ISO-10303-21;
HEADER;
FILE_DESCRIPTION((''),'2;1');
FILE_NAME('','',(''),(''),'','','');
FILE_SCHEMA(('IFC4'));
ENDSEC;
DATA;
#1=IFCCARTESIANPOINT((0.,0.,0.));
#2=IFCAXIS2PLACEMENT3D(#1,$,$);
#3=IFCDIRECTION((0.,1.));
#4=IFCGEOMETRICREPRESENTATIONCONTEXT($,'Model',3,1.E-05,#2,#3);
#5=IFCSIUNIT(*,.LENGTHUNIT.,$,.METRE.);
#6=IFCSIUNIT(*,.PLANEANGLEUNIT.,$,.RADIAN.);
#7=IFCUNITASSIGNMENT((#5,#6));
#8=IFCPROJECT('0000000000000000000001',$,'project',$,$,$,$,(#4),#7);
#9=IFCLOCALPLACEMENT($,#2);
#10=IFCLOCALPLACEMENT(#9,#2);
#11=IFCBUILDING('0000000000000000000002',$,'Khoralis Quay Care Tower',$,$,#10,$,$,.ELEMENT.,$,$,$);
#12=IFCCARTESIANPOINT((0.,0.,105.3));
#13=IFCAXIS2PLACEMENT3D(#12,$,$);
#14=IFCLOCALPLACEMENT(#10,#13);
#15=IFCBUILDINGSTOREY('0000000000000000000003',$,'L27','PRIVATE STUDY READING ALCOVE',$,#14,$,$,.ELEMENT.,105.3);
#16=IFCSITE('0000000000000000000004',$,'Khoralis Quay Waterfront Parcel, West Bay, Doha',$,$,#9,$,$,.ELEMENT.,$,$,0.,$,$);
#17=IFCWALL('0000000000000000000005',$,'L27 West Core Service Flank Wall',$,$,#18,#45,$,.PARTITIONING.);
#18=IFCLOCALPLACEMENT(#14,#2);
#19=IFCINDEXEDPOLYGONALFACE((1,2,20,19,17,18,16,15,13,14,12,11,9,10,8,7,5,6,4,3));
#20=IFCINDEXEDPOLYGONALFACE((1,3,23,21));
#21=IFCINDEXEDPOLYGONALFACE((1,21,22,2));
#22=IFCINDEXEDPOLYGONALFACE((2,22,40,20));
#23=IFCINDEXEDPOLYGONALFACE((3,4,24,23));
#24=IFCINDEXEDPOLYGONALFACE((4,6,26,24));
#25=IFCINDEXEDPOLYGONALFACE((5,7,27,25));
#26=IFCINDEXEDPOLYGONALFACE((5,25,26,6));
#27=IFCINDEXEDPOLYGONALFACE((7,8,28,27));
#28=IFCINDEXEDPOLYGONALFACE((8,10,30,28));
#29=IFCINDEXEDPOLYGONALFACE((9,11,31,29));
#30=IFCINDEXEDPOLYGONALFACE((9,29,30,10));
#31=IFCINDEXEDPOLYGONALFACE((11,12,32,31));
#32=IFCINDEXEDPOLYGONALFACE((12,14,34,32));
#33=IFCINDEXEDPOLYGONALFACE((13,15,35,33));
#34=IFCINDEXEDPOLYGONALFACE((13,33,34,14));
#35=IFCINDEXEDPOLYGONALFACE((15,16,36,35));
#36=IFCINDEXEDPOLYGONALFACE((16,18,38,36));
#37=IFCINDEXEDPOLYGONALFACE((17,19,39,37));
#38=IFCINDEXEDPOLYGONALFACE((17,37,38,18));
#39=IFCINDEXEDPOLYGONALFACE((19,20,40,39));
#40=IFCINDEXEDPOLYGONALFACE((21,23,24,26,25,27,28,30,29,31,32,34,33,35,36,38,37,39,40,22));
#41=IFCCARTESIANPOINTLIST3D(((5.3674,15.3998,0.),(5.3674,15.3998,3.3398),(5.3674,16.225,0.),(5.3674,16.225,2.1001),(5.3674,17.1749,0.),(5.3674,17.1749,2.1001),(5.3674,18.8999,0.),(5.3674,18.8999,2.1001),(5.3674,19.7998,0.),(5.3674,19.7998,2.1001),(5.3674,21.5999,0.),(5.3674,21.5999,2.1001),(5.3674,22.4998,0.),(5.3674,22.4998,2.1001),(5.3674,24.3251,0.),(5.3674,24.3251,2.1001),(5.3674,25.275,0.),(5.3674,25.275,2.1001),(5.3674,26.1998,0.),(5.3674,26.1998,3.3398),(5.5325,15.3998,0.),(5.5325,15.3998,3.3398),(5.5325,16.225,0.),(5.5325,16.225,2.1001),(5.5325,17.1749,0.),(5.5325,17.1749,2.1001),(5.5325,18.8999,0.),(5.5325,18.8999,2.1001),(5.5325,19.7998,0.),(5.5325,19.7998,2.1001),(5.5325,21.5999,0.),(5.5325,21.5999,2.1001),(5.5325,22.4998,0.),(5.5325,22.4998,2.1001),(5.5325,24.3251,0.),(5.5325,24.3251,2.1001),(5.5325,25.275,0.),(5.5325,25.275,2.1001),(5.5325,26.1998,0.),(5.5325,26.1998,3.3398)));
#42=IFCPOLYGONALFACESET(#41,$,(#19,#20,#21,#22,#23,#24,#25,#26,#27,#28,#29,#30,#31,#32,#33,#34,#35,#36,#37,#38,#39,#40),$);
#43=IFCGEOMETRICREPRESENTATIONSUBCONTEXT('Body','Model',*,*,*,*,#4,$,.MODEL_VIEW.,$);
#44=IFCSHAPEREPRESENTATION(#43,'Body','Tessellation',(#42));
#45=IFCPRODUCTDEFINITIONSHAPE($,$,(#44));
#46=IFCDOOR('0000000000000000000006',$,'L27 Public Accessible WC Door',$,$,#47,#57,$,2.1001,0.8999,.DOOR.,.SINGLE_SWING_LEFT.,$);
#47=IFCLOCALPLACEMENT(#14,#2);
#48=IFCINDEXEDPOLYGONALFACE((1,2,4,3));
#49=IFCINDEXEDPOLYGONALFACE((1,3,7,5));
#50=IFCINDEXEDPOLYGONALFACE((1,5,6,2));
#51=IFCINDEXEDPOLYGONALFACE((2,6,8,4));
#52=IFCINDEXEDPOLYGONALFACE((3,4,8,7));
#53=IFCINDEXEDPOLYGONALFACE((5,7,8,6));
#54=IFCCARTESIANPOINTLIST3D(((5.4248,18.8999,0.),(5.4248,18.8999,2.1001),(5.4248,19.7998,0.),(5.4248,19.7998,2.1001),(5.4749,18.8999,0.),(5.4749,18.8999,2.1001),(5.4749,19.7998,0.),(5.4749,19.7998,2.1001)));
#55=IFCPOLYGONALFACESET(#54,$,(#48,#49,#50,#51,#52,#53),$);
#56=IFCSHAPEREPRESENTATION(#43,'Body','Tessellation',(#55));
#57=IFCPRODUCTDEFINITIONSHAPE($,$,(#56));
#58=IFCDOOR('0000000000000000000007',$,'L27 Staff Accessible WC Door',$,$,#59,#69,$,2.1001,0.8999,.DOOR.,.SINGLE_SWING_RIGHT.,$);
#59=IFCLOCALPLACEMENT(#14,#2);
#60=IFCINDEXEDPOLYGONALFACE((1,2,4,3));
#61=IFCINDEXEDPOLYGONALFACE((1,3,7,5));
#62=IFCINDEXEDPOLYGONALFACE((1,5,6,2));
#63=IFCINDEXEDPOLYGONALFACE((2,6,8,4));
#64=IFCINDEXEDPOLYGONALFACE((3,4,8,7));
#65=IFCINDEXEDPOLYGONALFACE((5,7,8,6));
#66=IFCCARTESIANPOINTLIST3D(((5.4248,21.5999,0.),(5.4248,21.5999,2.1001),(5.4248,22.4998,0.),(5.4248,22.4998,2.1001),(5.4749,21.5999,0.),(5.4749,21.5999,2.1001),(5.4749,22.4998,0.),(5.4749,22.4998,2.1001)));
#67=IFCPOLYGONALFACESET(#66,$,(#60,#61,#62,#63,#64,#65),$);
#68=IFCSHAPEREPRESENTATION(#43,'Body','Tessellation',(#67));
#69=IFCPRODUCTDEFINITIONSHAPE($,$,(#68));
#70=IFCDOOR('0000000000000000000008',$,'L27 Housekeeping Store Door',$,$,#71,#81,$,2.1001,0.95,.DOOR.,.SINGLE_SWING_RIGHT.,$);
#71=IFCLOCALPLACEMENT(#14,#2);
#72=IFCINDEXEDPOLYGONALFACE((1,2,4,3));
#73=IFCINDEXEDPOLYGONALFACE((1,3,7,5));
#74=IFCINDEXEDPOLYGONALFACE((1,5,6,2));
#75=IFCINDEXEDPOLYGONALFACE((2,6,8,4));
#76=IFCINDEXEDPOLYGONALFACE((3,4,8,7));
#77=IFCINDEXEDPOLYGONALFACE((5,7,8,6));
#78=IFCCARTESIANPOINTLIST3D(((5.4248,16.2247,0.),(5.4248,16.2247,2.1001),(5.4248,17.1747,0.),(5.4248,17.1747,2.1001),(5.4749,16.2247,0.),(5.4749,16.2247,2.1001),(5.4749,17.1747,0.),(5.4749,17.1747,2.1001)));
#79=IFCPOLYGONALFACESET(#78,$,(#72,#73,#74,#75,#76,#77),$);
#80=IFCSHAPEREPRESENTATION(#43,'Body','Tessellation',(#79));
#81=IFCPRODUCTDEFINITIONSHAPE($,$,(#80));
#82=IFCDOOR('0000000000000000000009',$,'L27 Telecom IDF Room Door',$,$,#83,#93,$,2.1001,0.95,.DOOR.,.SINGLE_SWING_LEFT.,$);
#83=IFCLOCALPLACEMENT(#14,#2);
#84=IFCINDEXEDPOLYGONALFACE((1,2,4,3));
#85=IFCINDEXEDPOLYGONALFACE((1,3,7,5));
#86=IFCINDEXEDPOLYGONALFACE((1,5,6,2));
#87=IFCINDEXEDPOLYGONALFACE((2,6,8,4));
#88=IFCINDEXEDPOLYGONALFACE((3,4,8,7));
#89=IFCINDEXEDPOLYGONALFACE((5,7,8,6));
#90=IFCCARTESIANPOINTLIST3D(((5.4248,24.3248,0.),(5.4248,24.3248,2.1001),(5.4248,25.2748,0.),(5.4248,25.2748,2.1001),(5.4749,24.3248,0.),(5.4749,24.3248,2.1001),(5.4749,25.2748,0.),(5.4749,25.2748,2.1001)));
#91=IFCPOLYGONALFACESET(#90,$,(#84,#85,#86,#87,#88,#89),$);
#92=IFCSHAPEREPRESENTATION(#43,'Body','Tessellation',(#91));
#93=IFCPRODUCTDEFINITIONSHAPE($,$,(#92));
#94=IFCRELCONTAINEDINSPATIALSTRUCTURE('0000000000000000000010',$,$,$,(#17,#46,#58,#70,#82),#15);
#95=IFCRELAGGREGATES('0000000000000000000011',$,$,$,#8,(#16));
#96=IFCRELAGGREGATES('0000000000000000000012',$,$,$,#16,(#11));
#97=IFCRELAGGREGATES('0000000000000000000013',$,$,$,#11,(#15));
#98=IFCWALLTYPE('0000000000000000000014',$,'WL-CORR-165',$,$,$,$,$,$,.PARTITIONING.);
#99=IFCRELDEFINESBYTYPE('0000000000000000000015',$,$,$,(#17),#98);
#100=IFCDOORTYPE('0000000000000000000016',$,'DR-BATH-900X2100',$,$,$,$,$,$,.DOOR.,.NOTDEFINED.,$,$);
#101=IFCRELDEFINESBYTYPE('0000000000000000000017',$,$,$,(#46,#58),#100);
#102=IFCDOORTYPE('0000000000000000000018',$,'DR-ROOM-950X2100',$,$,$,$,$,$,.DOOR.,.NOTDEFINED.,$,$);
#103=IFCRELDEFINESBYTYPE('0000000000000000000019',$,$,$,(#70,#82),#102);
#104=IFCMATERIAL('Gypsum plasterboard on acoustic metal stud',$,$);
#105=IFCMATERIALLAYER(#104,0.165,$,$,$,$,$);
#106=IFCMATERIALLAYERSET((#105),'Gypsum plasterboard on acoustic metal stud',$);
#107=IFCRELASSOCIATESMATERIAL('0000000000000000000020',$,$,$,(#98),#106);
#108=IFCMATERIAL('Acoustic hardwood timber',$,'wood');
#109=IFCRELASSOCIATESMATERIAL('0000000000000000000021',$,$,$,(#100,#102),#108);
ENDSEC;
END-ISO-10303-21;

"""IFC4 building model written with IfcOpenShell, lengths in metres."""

from ifc_helpers import new_model, si_unit, direction, frame, frame_2d, origin, place, context, subcontext, project, spatial, rectangle, extrude, source, transform, mapped, material, layer, layer_set, type_object, element, fill, save


model = new_model("IFC4")

# Units and contexts
model_context = context("Model", 3, precision=1e-05, world=origin(), true_north=direction((0.0, 1.0)))
body_context = subcontext(model_context, "Body", "Model", "MODEL_VIEW")
ifc_project = project(units=[si_unit("LENGTHUNIT", "METRE"), si_unit("PLANEANGLEUNIT", "RADIAN")], contexts=[model_context])

# Site, building, storey
site_placement = place(None, origin())
site = spatial("IfcSite", under=ifc_project, at=site_placement, Name="Khoralis Quay Waterfront Parcel, West Bay, Doha", CompositionType="ELEMENT", RefElevation=0.0)
building_placement = place(site_placement, origin())
building = spatial("IfcBuilding", under=site, at=building_placement, Name="Khoralis Quay Care Tower", CompositionType="ELEMENT")
storey_placement = place(building_placement, frame((0.0, 0.0, 105.3)))
storey = spatial("IfcBuildingStorey", under=building, at=storey_placement, Name="L27", Description="PRIVATE STUDY READING ALCOVE", CompositionType="ELEMENT", Elevation=105.3)

# Wall, openings, doors
ifc_material_1 = material(Name="Gypsum plasterboard on acoustic metal stud")
ifc_layer_1 = layer(ifc_material_1, 0.165)
ifc_layer_set_1 = layer_set([ifc_layer_1], Name="Gypsum plasterboard on acoustic metal stud")
wall_type_1 = type_object("IfcWallType", Name="WL-CORR-165", PredefinedType="PARTITIONING", material=ifc_layer_set_1)
wall_1_placement = place(storey_placement, frame((5.45, 15.3999, 0.0), z_axis=(0.0, 0.0, 1.0), x_axis=(0.0, 1.0, 0.0)))
wall_1 = element("IfcWall", 1, at=wall_1_placement, inside=storey, type_object=wall_type_1, Name="L27 West Core Service Flank Wall", PredefinedType="PARTITIONING", context=body_context, shape_type="SweptSolid", body=[
    extrude(rectangle(XDim=10.8, YDim=0.165, at=frame_2d((5.3999, 0.0))), origin(), (0.0, 0.0, 1.0), 3.3398),
])
opening_1_placement = place(wall_1_placement, frame((0.825, 0.0, 0.0)))
opening_1 = element("IfcOpeningElement", 2, at=opening_1_placement, cuts=wall_1, PredefinedType="OPENING", context=body_context, shape_type="SweptSolid", body=[
    extrude(rectangle(XDim=0.95, YDim=2.1001, at=frame_2d((0.4751, 1.05))), frame((0.0, 0.0925, 0.0), z_axis=(0.0, -1.0, 0.0), x_axis=(1.0, 0.0, 0.0)), (0.0, 0.0, 1.0), 0.1851),
])
opening_2_placement = place(wall_1_placement, frame((3.5, 0.0, 0.0)))
opening_2 = element("IfcOpeningElement", 3, at=opening_2_placement, cuts=wall_1, PredefinedType="OPENING", context=body_context, shape_type="SweptSolid", body=[
    extrude(rectangle(XDim=0.8999, YDim=2.1001, at=frame_2d((0.45, 1.05))), frame((0.0, 0.0925, 0.0), z_axis=(0.0, -1.0, 0.0), x_axis=(1.0, 0.0, 0.0)), (0.0, 0.0, 1.0), 0.1851),
])
opening_3_placement = place(wall_1_placement, frame((6.2, 0.0, 0.0)))
opening_3 = element("IfcOpeningElement", 4, at=opening_3_placement, cuts=wall_1, PredefinedType="OPENING", context=body_context, shape_type="SweptSolid", body=[
    extrude(rectangle(XDim=0.8999, YDim=2.1001, at=frame_2d((0.45, 1.05))), frame((0.0, 0.0925, 0.0), z_axis=(0.0, -1.0, 0.0), x_axis=(1.0, 0.0, 0.0)), (0.0, 0.0, 1.0), 0.1851),
])
opening_4_placement = place(wall_1_placement, frame((8.925, 0.0, 0.0)))
opening_4 = element("IfcOpeningElement", 5, at=opening_4_placement, cuts=wall_1, PredefinedType="OPENING", context=body_context, shape_type="SweptSolid", body=[
    extrude(rectangle(XDim=0.95, YDim=2.1001, at=frame_2d((0.4751, 1.05))), frame((0.0, 0.0925, 0.0), z_axis=(0.0, -1.0, 0.0), x_axis=(1.0, 0.0, 0.0)), (0.0, 0.0, 1.0), 0.1851),
])
ifc_material_2 = material(Name="Acoustic hardwood timber", Category="wood")
door_type_1 = type_object("IfcDoorType", Name="DR-BATH-900X2100", OperationType="NOTDEFINED", PredefinedType="DOOR", material=ifc_material_2)
shared_shape_1 = source(origin(), body_context, "Body", "SweptSolid", [
    extrude(rectangle(XDim=0.8999, YDim=2.1001, at=frame_2d((0.45, 1.05))), frame((0.0, 0.0249, 0.0), z_axis=(0.0, -1.0, 0.0), x_axis=(1.0, 0.0, 0.0)), (0.0, 0.0, 1.0), 0.05),
])
door_1_placement = place(opening_2_placement, frame((0.8999, 0.0, 0.0), z_axis=(0.0, 0.0, 1.0), x_axis=(-1.0, 0.0, 0.0)))
door_1 = element("IfcDoor", 6, at=door_1_placement, inside=storey, type_object=door_type_1, Name="L27 Public Accessible WC Door", OperationType="SINGLE_SWING_LEFT", OverallHeight=2.1001, OverallWidth=0.8999, PredefinedType="DOOR", context=body_context, shape_type="MappedRepresentation", body=[
    mapped(shared_shape_1, transform((0.0, 0.0, 0.0), scale=1.0)),
])
fill(opening_2, door_1)
door_2_placement = place(opening_3_placement, frame((0.8999, 0.0, 0.0), z_axis=(0.0, 0.0, 1.0), x_axis=(-1.0, 0.0, 0.0)))
door_2 = element("IfcDoor", 7, at=door_2_placement, inside=storey, type_object=door_type_1, Name="L27 Staff Accessible WC Door", OperationType="SINGLE_SWING_RIGHT", OverallHeight=2.1001, OverallWidth=0.8999, PredefinedType="DOOR", context=body_context, shape_type="MappedRepresentation", body=[
    mapped(shared_shape_1, transform((0.0, 0.0, 0.0), scale=1.0)),
])
fill(opening_3, door_2)
door_type_2 = type_object("IfcDoorType", Name="DR-ROOM-950X2100", OperationType="NOTDEFINED", PredefinedType="DOOR", material=ifc_material_2)
shared_shape_2 = source(origin(), body_context, "Body", "SweptSolid", [
    extrude(rectangle(XDim=0.95, YDim=2.1001, at=frame_2d((0.4751, 1.05))), frame((0.0, 0.0249, 0.0), z_axis=(0.0, -1.0, 0.0), x_axis=(1.0, 0.0, 0.0)), (0.0, 0.0, 1.0), 0.05),
])
door_3_placement = place(opening_1_placement, frame((0.95, 0.0, 0.0), z_axis=(0.0, 0.0, 1.0), x_axis=(-1.0, 0.0, 0.0)))
door_3 = element("IfcDoor", 8, at=door_3_placement, inside=storey, type_object=door_type_2, Name="L27 Housekeeping Store Door", OperationType="SINGLE_SWING_RIGHT", OverallHeight=2.1001, OverallWidth=0.95, PredefinedType="DOOR", context=body_context, shape_type="MappedRepresentation", body=[
    mapped(shared_shape_2, transform((0.0, 0.0, 0.0), scale=1.0)),
])
fill(opening_1, door_3)
door_4_placement = place(opening_4_placement, frame((0.95, 0.0, 0.0), z_axis=(0.0, 0.0, 1.0), x_axis=(-1.0, 0.0, 0.0)))
door_4 = element("IfcDoor", 9, at=door_4_placement, inside=storey, type_object=door_type_2, Name="L27 Telecom IDF Room Door", OperationType="SINGLE_SWING_LEFT", OverallHeight=2.1001, OverallWidth=0.95, PredefinedType="DOOR", context=body_context, shape_type="MappedRepresentation", body=[
    mapped(shared_shape_2, transform((0.0, 0.0, 0.0), scale=1.0)),
])
fill(opening_4, door_4)

save(model, "model.ifc")
